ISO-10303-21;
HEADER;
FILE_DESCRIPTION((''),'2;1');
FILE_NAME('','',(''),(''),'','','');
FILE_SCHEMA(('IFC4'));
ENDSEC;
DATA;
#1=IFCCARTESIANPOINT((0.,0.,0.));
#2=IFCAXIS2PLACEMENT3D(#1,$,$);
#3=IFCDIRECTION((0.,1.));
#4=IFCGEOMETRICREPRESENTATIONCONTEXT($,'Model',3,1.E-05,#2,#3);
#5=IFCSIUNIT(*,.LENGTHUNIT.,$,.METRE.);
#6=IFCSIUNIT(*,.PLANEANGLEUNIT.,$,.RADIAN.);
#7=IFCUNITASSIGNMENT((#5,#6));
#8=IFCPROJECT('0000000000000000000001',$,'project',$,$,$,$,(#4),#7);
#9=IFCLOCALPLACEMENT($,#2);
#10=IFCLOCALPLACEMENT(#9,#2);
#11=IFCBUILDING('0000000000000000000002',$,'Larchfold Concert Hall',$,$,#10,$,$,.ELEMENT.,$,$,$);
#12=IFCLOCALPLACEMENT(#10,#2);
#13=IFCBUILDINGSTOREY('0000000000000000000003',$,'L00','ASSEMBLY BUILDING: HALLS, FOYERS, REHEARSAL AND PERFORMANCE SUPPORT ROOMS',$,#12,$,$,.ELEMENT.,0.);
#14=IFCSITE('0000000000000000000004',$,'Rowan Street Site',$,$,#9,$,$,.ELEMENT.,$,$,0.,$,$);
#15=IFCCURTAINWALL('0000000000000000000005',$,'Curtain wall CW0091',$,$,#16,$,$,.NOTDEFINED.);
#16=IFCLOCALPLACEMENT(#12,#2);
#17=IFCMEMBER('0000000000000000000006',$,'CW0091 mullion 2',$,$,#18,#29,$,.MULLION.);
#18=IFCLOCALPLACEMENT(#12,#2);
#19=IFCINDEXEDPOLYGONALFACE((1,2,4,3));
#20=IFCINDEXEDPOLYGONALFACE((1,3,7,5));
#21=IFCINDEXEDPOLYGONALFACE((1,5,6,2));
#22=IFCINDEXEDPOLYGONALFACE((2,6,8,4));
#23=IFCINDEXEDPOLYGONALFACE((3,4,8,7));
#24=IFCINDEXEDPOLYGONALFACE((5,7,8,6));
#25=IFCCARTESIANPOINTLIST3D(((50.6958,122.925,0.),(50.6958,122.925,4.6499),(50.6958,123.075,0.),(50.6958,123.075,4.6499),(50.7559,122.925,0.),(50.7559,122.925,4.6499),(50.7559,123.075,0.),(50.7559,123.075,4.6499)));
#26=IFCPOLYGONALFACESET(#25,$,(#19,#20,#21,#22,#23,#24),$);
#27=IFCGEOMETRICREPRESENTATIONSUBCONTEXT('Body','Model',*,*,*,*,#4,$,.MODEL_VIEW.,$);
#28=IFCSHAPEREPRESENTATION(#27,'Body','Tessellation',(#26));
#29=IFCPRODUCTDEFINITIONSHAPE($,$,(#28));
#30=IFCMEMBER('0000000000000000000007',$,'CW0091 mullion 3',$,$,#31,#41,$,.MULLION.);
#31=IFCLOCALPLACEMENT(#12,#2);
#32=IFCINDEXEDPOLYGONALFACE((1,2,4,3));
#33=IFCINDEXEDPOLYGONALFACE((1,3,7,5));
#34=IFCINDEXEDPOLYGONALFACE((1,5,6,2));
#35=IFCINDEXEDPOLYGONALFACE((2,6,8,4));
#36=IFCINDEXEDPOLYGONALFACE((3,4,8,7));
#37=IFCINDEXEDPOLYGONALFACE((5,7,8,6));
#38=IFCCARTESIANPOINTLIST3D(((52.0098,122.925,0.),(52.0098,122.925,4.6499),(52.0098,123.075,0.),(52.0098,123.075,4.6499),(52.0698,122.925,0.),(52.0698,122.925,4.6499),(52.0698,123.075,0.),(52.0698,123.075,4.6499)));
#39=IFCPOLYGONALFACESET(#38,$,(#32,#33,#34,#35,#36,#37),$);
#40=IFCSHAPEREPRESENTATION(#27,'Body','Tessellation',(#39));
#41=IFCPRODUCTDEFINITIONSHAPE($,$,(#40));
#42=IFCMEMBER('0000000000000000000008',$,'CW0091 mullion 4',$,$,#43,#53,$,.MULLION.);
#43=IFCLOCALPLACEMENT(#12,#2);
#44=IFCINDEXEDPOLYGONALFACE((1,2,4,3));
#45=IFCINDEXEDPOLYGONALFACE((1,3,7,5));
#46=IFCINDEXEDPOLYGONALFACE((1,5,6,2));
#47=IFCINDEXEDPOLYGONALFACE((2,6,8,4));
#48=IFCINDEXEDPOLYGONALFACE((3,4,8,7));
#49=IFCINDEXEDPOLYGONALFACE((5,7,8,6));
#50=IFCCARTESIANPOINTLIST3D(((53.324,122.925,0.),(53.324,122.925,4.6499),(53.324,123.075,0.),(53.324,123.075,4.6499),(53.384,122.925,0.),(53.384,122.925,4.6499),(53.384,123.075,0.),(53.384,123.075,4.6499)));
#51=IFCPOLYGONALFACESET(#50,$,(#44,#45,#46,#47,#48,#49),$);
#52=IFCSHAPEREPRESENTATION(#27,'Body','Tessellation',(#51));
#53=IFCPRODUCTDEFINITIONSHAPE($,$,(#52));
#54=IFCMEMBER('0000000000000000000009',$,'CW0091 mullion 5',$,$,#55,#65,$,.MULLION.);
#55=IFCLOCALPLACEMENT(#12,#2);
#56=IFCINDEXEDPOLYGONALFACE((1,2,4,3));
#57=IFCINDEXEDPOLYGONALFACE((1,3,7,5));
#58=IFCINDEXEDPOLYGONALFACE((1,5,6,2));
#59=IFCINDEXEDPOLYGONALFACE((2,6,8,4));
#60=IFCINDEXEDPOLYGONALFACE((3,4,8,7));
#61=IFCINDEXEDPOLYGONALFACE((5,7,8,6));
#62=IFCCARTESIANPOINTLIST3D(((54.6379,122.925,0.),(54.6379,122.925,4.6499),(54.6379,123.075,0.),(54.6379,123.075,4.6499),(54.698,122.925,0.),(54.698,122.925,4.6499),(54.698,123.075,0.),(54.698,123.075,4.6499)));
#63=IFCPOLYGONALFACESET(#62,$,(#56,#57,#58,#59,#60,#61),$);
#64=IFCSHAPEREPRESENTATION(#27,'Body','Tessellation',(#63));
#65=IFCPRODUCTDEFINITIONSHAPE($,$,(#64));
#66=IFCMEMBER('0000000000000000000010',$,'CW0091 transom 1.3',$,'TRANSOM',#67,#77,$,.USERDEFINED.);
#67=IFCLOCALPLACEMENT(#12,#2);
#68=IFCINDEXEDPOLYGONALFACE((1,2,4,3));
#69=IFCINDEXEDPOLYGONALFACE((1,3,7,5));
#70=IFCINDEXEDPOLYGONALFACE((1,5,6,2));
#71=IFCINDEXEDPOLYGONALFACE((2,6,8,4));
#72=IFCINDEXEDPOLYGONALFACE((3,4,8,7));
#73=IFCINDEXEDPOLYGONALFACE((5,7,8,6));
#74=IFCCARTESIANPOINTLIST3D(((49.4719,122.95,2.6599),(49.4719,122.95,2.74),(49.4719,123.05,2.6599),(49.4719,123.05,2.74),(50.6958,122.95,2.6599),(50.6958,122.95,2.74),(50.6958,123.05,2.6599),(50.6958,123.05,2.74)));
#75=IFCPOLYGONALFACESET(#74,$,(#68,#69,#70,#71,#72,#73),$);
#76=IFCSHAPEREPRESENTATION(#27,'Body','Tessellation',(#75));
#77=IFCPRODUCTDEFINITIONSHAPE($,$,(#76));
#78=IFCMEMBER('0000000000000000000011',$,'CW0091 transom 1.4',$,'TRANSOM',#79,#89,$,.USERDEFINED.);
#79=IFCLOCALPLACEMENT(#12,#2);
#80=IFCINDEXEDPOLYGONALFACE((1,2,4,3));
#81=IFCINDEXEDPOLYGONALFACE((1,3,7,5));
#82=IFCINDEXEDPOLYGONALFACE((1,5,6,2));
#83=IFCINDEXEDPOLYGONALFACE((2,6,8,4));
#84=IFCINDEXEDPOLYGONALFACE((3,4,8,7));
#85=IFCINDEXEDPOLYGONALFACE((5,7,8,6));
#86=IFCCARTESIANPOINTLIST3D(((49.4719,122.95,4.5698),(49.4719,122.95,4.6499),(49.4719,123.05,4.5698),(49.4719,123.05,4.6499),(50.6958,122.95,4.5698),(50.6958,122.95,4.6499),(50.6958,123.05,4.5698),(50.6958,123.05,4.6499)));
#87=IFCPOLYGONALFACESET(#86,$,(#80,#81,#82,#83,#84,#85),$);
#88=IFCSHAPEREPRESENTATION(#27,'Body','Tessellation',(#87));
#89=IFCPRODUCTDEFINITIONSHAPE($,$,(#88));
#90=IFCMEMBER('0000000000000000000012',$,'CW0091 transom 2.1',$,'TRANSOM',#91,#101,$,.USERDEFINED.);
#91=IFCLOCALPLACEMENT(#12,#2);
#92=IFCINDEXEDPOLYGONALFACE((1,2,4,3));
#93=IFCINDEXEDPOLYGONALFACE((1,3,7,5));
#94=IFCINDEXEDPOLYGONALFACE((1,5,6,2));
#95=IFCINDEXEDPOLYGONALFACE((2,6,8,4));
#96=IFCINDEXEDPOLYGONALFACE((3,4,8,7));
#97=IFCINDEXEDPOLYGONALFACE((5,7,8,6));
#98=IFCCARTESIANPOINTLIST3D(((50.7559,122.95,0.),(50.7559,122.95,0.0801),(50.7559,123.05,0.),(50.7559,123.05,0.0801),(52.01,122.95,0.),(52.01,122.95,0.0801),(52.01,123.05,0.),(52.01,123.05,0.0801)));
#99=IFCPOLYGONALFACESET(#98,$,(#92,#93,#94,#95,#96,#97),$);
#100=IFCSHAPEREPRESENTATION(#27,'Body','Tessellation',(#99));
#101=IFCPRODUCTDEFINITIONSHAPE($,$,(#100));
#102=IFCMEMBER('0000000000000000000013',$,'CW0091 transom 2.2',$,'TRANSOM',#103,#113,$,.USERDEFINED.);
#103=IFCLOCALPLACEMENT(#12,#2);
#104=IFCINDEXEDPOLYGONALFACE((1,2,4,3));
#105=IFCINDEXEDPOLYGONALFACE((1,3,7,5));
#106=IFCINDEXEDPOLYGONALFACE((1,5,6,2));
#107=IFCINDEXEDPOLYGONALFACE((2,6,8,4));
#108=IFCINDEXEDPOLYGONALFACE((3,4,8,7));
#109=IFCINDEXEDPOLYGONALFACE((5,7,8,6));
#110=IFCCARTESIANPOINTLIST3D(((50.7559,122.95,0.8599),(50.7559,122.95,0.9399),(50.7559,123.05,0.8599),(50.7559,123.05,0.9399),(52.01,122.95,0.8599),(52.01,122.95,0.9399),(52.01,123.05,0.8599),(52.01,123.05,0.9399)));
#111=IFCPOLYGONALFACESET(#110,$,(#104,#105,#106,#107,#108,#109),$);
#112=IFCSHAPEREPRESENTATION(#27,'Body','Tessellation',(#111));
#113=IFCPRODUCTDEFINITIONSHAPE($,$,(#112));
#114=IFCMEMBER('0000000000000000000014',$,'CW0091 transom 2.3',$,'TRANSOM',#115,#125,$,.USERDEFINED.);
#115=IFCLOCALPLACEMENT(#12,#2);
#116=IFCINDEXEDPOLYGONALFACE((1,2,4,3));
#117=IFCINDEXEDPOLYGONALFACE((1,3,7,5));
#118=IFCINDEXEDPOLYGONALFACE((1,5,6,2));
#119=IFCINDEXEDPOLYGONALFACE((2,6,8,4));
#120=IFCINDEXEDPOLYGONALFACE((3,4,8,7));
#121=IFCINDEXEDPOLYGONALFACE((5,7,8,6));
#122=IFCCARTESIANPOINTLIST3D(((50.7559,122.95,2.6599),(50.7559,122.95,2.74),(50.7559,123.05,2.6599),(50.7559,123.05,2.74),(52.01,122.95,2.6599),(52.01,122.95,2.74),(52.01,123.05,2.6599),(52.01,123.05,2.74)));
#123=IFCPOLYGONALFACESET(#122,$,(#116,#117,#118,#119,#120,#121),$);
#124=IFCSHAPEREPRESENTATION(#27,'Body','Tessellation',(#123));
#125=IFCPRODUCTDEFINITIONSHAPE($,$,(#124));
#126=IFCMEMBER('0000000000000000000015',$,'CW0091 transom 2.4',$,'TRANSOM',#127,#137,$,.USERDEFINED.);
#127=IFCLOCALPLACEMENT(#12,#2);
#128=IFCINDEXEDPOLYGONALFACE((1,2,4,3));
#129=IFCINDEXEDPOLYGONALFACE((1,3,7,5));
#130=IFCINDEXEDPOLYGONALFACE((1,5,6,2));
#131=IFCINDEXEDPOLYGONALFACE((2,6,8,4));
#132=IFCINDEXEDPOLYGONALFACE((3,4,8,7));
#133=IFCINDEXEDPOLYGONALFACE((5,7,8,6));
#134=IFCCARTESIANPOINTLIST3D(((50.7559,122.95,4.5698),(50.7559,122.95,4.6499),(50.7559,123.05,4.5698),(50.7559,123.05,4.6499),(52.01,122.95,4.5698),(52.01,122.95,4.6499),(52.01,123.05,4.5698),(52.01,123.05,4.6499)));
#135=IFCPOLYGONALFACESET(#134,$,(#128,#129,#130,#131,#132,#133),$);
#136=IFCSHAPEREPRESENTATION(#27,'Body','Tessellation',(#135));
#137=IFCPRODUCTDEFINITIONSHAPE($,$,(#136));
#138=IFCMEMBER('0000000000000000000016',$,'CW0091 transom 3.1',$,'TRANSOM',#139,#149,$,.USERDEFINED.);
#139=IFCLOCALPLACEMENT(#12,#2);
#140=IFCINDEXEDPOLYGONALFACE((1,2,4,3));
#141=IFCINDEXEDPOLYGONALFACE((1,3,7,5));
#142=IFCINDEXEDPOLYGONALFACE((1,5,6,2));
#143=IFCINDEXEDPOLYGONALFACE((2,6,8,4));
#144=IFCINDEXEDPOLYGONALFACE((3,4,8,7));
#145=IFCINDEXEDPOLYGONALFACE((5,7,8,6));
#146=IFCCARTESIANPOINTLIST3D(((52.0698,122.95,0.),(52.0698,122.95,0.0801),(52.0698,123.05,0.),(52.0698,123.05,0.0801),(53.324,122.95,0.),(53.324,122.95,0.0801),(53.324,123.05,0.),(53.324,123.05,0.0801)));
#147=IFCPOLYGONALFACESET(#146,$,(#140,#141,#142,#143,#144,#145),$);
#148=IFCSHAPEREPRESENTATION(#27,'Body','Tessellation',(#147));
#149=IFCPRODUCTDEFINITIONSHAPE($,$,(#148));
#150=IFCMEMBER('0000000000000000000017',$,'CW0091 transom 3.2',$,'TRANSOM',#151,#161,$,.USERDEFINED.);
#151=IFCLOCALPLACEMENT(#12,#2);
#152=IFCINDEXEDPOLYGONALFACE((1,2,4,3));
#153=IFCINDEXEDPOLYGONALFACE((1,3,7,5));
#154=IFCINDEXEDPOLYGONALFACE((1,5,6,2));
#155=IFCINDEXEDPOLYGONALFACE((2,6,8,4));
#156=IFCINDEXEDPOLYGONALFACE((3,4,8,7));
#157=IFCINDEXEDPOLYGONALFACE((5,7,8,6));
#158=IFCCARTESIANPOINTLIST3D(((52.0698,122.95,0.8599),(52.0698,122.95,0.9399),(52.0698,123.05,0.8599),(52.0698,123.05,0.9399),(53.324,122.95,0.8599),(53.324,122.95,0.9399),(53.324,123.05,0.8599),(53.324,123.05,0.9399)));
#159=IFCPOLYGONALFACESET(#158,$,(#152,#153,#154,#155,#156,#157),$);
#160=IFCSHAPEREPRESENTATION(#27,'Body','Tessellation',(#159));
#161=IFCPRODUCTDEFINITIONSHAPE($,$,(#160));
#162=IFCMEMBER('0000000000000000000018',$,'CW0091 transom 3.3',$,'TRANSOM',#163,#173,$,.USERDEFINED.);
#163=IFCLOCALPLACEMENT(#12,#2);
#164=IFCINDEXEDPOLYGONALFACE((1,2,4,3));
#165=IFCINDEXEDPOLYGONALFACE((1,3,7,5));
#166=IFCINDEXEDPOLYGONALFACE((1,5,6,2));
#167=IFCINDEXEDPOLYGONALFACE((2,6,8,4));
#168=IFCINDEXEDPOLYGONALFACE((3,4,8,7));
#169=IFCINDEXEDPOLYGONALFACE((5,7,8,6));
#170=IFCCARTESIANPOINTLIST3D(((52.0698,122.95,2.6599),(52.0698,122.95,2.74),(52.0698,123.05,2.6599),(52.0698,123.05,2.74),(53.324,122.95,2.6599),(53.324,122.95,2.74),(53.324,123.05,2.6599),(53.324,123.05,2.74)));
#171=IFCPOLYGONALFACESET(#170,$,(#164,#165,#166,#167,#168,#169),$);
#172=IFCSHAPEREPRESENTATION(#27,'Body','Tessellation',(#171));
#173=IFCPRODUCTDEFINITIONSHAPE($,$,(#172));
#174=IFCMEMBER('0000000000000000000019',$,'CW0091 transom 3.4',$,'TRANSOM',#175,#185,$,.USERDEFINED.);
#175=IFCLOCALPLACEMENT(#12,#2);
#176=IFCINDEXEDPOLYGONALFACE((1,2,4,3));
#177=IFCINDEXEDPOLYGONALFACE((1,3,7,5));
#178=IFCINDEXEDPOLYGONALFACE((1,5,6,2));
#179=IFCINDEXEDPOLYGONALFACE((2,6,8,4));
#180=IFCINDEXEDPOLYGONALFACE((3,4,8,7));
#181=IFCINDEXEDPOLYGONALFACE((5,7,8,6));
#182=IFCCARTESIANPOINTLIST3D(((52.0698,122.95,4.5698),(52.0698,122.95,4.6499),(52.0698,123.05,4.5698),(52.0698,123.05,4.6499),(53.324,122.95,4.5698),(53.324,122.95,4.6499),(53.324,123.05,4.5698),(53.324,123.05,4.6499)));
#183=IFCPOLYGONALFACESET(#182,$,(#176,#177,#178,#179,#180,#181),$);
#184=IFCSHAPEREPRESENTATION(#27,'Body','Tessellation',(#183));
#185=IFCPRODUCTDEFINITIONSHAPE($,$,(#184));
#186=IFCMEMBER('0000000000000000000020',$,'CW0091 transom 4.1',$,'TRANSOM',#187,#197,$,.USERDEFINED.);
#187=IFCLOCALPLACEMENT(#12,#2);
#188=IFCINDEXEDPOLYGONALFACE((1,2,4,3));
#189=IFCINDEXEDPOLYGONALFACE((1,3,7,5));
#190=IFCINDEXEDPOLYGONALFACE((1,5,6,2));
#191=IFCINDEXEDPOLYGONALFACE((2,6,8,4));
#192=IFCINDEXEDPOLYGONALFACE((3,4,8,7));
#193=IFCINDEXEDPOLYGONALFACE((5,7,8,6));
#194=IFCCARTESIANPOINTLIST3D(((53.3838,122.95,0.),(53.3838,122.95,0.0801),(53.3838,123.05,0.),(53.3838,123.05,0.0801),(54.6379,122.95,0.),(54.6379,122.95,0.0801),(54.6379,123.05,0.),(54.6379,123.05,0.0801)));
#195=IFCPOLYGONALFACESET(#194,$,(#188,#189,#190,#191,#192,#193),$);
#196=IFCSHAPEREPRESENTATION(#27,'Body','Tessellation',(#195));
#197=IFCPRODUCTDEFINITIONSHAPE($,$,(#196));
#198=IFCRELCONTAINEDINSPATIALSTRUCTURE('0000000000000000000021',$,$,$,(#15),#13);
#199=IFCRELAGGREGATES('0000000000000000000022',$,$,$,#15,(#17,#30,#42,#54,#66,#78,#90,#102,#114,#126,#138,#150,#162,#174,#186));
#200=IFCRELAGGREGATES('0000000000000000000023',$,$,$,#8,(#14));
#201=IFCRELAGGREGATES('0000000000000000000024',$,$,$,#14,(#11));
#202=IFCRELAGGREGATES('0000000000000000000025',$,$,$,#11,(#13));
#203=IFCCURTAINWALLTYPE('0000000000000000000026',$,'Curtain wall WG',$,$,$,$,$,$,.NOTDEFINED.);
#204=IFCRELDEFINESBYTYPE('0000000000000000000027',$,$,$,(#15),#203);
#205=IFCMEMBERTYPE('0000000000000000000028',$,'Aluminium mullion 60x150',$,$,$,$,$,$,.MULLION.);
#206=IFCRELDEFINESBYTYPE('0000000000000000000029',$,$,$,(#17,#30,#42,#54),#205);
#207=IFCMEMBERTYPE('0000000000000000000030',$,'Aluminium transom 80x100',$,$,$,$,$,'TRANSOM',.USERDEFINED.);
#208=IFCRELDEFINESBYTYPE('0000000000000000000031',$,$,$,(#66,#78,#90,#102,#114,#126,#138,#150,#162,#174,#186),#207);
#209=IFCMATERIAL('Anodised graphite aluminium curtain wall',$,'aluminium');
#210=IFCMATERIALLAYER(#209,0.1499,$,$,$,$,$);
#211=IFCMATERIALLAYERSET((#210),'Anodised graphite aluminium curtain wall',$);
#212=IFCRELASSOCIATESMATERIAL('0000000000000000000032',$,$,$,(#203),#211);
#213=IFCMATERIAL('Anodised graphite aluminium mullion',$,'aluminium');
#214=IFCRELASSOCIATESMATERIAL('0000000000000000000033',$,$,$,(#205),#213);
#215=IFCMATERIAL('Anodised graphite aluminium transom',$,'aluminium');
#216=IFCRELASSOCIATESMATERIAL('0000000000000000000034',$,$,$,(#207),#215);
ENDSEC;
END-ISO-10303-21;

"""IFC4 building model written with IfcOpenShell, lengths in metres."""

from ifc_helpers import new_model, si_unit, direction, frame, origin, origin_2d, place, context, subcontext, project, spatial, rectangle, extrude, material, layer, layer_set, material_profile, profile_set, type_object, element, aggregate, save


model = new_model("IFC4")

# Units and contexts
model_context = context("Model", 3, precision=1e-05, world=origin(), true_north=direction((0.0, 1.0)))
body_context = subcontext(model_context, "Body", "Model", "MODEL_VIEW")
ifc_project = project(units=[si_unit("LENGTHUNIT", "METRE"), si_unit("PLANEANGLEUNIT", "RADIAN")], contexts=[model_context])

# Site, building, storey
site_placement = place(None, origin())
site = spatial("IfcSite", under=ifc_project, at=site_placement, Name="Rowan Street Site", CompositionType="ELEMENT", RefElevation=0.0)
building_placement = place(site_placement, origin())
building = spatial("IfcBuilding", under=site, at=building_placement, Name="Larchfold Concert Hall", CompositionType="ELEMENT")
storey_placement = place(building_placement, origin())
storey = spatial("IfcBuildingStorey", under=building, at=storey_placement, Name="L00", Description="ASSEMBLY BUILDING: HALLS, FOYERS, REHEARSAL AND PERFORMANCE SUPPORT ROOMS", CompositionType="ELEMENT", Elevation=0.0)

# Curtain wall, members
ifc_material_1 = material(Name="Anodised graphite aluminium curtain wall", Category="aluminium")
ifc_layer_1 = layer(ifc_material_1, 0.1499)
ifc_layer_set_1 = layer_set([ifc_layer_1], Name="Anodised graphite aluminium curtain wall")
curtain_wall_type = type_object("IfcCurtainWallType", Name="Curtain wall WG", PredefinedType="NOTDEFINED", material=ifc_layer_set_1)
curtain_wall_placement = place(storey_placement, origin())
curtain_wall = element("IfcCurtainWall", 1, at=curtain_wall_placement, inside=storey, type_object=curtain_wall_type, Name="Curtain wall CW0091", PredefinedType="NOTDEFINED")
ifc_material_2 = material(Name="Anodised graphite aluminium mullion", Category="aluminium")
ifc_material_profile_1 = material_profile(ifc_material_2, rectangle(XDim=0.1499, YDim=0.0601, at=origin_2d()))
ifc_profile_set_1 = profile_set([ifc_material_profile_1], Name="Anodised graphite aluminium mullion")
member_type_1 = type_object("IfcMemberType", Name="Aluminium mullion 60x150", PredefinedType="MULLION", material=ifc_profile_set_1)
member_1_placement = place(storey_placement, frame((50.7258, 123.0, 0.0), z_axis=(0.0, 0.0, 1.0), x_axis=(0.0, 1.0, 0.0)))
member_1 = element("IfcMember", 2, at=member_1_placement, type_object=member_type_1, Name="CW0091 mullion 2", PredefinedType="MULLION", context=body_context, shape_type="SweptSolid", body=[
    extrude(rectangle(XDim=0.1499, YDim=0.0601, at=origin_2d()), origin(), (0.0, 0.0, 1.0), 4.6499),
])
member_2_placement = place(storey_placement, frame((52.0398, 123.0, 0.0), z_axis=(0.0, 0.0, 1.0), x_axis=(0.0, 1.0, 0.0)))
member_2 = element("IfcMember", 3, at=member_2_placement, type_object=member_type_1, Name="CW0091 mullion 3", PredefinedType="MULLION", context=body_context, shape_type="SweptSolid", body=[
    extrude(rectangle(XDim=0.1499, YDim=0.0601, at=origin_2d()), origin(), (0.0, 0.0, 1.0), 4.6499),
])
member_3_placement = place(storey_placement, frame((53.354, 123.0, 0.0), z_axis=(0.0, 0.0, 1.0), x_axis=(0.0, 1.0, 0.0)))
member_3 = element("IfcMember", 4, at=member_3_placement, type_object=member_type_1, Name="CW0091 mullion 4", PredefinedType="MULLION", context=body_context, shape_type="SweptSolid", body=[
    extrude(rectangle(XDim=0.1499, YDim=0.0601, at=origin_2d()), origin(), (0.0, 0.0, 1.0), 4.6499),
])
member_4_placement = place(storey_placement, frame((54.668, 123.0, 0.0), z_axis=(0.0, 0.0, 1.0), x_axis=(0.0, 1.0, 0.0)))
member_4 = element("IfcMember", 5, at=member_4_placement, type_object=member_type_1, Name="CW0091 mullion 5", PredefinedType="MULLION", context=body_context, shape_type="SweptSolid", body=[
    extrude(rectangle(XDim=0.1499, YDim=0.0601, at=origin_2d()), origin(), (0.0, 0.0, 1.0), 4.6499),
])
ifc_material_3 = material(Name="Anodised graphite aluminium transom", Category="aluminium")
ifc_material_profile_2 = material_profile(ifc_material_3, rectangle(XDim=0.1001, YDim=0.0801, at=origin_2d()))
ifc_profile_set_2 = profile_set([ifc_material_profile_2], Name="Anodised graphite aluminium transom")
member_type_2 = type_object("IfcMemberType", Name="Aluminium transom 80x100", ElementType="TRANSOM", PredefinedType="USERDEFINED", material=ifc_profile_set_2)
member_5_placement = place(storey_placement, frame((49.4719, 123.0, 2.7), z_axis=(1.0, 0.0, 0.0), x_axis=(0.0, 1.0, 0.0)))
member_5 = element("IfcMember", 6, at=member_5_placement, type_object=member_type_2, Name="CW0091 transom 1.3", ObjectType="TRANSOM", PredefinedType="USERDEFINED", context=body_context, shape_type="SweptSolid", body=[
    extrude(rectangle(XDim=0.1001, YDim=0.0801, at=origin_2d()), origin(), (0.0, 0.0, 1.0), 1.2239),
])
member_6_placement = place(storey_placement, frame((49.4719, 123.0, 4.6099), z_axis=(1.0, 0.0, 0.0), x_axis=(0.0, 1.0, 0.0)))
member_6 = element("IfcMember", 7, at=member_6_placement, type_object=member_type_2, Name="CW0091 transom 1.4", ObjectType="TRANSOM", PredefinedType="USERDEFINED", context=body_context, shape_type="SweptSolid", body=[
    extrude(rectangle(XDim=0.1001, YDim=0.0801, at=origin_2d()), origin(), (0.0, 0.0, 1.0), 1.2239),
])
member_7_placement = place(storey_placement, frame((50.7559, 123.0, 0.04), z_axis=(1.0, 0.0, 0.0), x_axis=(0.0, 1.0, 0.0)))
member_7 = element("IfcMember", 8, at=member_7_placement, type_object=member_type_2, Name="CW0091 transom 2.1", ObjectType="TRANSOM", PredefinedType="USERDEFINED", context=body_context, shape_type="SweptSolid", body=[
    extrude(rectangle(XDim=0.1001, YDim=0.0801, at=origin_2d()), origin(), (0.0, 0.0, 1.0), 1.2542),
])
member_8_placement = place(storey_placement, frame((50.7559, 123.0, 0.8999), z_axis=(1.0, 0.0, 0.0), x_axis=(0.0, 1.0, 0.0)))
member_8 = element("IfcMember", 9, at=member_8_placement, type_object=member_type_2, Name="CW0091 transom 2.2", ObjectType="TRANSOM", PredefinedType="USERDEFINED", context=body_context, shape_type="SweptSolid", body=[
    extrude(rectangle(XDim=0.1001, YDim=0.0801, at=origin_2d()), origin(), (0.0, 0.0, 1.0), 1.2542),
])
member_9_placement = place(storey_placement, frame((50.7559, 123.0, 2.7), z_axis=(1.0, 0.0, 0.0), x_axis=(0.0, 1.0, 0.0)))
member_9 = element("IfcMember", 10, at=member_9_placement, type_object=member_type_2, Name="CW0091 transom 2.3", ObjectType="TRANSOM", PredefinedType="USERDEFINED", context=body_context, shape_type="SweptSolid", body=[
    extrude(rectangle(XDim=0.1001, YDim=0.0801, at=origin_2d()), origin(), (0.0, 0.0, 1.0), 1.2542),
])
member_10_placement = place(storey_placement, frame((50.7559, 123.0, 4.6099), z_axis=(1.0, 0.0, 0.0), x_axis=(0.0, 1.0, 0.0)))
member_10 = element("IfcMember", 11, at=member_10_placement, type_object=member_type_2, Name="CW0091 transom 2.4", ObjectType="TRANSOM", PredefinedType="USERDEFINED", context=body_context, shape_type="SweptSolid", body=[
    extrude(rectangle(XDim=0.1001, YDim=0.0801, at=origin_2d()), origin(), (0.0, 0.0, 1.0), 1.2542),
])
member_11_placement = place(storey_placement, frame((52.0698, 123.0, 0.04), z_axis=(1.0, 0.0, 0.0), x_axis=(0.0, 1.0, 0.0)))
member_11 = element("IfcMember", 12, at=member_11_placement, type_object=member_type_2, Name="CW0091 transom 3.1", ObjectType="TRANSOM", PredefinedType="USERDEFINED", context=body_context, shape_type="SweptSolid", body=[
    extrude(rectangle(XDim=0.1001, YDim=0.0801, at=origin_2d()), origin(), (0.0, 0.0, 1.0), 1.2542),
])
member_12_placement = place(storey_placement, frame((52.0698, 123.0, 0.8999), z_axis=(1.0, 0.0, 0.0), x_axis=(0.0, 1.0, 0.0)))
member_12 = element("IfcMember", 13, at=member_12_placement, type_object=member_type_2, Name="CW0091 transom 3.2", ObjectType="TRANSOM", PredefinedType="USERDEFINED", context=body_context, shape_type="SweptSolid", body=[
    extrude(rectangle(XDim=0.1001, YDim=0.0801, at=origin_2d()), origin(), (0.0, 0.0, 1.0), 1.2542),
])
member_13_placement = place(storey_placement, frame((52.0698, 123.0, 2.7), z_axis=(1.0, 0.0, 0.0), x_axis=(0.0, 1.0, 0.0)))
member_13 = element("IfcMember", 14, at=member_13_placement, type_object=member_type_2, Name="CW0091 transom 3.3", ObjectType="TRANSOM", PredefinedType="USERDEFINED", context=body_context, shape_type="SweptSolid", body=[
    extrude(rectangle(XDim=0.1001, YDim=0.0801, at=origin_2d()), origin(), (0.0, 0.0, 1.0), 1.2542),
])
member_14_placement = place(storey_placement, frame((52.0698, 123.0, 4.6099), z_axis=(1.0, 0.0, 0.0), x_axis=(0.0, 1.0, 0.0)))
member_14 = element("IfcMember", 15, at=member_14_placement, type_object=member_type_2, Name="CW0091 transom 3.4", ObjectType="TRANSOM", PredefinedType="USERDEFINED", context=body_context, shape_type="SweptSolid", body=[
    extrude(rectangle(XDim=0.1001, YDim=0.0801, at=origin_2d()), origin(), (0.0, 0.0, 1.0), 1.2542),
])
member_15_placement = place(storey_placement, frame((53.3838, 123.0, 0.04), z_axis=(1.0, 0.0, 0.0), x_axis=(0.0, 1.0, 0.0)))
member_15 = element("IfcMember", 16, at=member_15_placement, type_object=member_type_2, Name="CW0091 transom 4.1", ObjectType="TRANSOM", PredefinedType="USERDEFINED", context=body_context, shape_type="SweptSolid", body=[
    extrude(rectangle(XDim=0.1001, YDim=0.0801, at=origin_2d()), origin(), (0.0, 0.0, 1.0), 1.2542),
])
aggregate(curtain_wall, [member_1, member_2, member_3, member_4, member_5, member_6, member_7, member_8, member_9, member_10, member_11, member_12, member_13, member_14, member_15])

save(model, "model.ifc")
